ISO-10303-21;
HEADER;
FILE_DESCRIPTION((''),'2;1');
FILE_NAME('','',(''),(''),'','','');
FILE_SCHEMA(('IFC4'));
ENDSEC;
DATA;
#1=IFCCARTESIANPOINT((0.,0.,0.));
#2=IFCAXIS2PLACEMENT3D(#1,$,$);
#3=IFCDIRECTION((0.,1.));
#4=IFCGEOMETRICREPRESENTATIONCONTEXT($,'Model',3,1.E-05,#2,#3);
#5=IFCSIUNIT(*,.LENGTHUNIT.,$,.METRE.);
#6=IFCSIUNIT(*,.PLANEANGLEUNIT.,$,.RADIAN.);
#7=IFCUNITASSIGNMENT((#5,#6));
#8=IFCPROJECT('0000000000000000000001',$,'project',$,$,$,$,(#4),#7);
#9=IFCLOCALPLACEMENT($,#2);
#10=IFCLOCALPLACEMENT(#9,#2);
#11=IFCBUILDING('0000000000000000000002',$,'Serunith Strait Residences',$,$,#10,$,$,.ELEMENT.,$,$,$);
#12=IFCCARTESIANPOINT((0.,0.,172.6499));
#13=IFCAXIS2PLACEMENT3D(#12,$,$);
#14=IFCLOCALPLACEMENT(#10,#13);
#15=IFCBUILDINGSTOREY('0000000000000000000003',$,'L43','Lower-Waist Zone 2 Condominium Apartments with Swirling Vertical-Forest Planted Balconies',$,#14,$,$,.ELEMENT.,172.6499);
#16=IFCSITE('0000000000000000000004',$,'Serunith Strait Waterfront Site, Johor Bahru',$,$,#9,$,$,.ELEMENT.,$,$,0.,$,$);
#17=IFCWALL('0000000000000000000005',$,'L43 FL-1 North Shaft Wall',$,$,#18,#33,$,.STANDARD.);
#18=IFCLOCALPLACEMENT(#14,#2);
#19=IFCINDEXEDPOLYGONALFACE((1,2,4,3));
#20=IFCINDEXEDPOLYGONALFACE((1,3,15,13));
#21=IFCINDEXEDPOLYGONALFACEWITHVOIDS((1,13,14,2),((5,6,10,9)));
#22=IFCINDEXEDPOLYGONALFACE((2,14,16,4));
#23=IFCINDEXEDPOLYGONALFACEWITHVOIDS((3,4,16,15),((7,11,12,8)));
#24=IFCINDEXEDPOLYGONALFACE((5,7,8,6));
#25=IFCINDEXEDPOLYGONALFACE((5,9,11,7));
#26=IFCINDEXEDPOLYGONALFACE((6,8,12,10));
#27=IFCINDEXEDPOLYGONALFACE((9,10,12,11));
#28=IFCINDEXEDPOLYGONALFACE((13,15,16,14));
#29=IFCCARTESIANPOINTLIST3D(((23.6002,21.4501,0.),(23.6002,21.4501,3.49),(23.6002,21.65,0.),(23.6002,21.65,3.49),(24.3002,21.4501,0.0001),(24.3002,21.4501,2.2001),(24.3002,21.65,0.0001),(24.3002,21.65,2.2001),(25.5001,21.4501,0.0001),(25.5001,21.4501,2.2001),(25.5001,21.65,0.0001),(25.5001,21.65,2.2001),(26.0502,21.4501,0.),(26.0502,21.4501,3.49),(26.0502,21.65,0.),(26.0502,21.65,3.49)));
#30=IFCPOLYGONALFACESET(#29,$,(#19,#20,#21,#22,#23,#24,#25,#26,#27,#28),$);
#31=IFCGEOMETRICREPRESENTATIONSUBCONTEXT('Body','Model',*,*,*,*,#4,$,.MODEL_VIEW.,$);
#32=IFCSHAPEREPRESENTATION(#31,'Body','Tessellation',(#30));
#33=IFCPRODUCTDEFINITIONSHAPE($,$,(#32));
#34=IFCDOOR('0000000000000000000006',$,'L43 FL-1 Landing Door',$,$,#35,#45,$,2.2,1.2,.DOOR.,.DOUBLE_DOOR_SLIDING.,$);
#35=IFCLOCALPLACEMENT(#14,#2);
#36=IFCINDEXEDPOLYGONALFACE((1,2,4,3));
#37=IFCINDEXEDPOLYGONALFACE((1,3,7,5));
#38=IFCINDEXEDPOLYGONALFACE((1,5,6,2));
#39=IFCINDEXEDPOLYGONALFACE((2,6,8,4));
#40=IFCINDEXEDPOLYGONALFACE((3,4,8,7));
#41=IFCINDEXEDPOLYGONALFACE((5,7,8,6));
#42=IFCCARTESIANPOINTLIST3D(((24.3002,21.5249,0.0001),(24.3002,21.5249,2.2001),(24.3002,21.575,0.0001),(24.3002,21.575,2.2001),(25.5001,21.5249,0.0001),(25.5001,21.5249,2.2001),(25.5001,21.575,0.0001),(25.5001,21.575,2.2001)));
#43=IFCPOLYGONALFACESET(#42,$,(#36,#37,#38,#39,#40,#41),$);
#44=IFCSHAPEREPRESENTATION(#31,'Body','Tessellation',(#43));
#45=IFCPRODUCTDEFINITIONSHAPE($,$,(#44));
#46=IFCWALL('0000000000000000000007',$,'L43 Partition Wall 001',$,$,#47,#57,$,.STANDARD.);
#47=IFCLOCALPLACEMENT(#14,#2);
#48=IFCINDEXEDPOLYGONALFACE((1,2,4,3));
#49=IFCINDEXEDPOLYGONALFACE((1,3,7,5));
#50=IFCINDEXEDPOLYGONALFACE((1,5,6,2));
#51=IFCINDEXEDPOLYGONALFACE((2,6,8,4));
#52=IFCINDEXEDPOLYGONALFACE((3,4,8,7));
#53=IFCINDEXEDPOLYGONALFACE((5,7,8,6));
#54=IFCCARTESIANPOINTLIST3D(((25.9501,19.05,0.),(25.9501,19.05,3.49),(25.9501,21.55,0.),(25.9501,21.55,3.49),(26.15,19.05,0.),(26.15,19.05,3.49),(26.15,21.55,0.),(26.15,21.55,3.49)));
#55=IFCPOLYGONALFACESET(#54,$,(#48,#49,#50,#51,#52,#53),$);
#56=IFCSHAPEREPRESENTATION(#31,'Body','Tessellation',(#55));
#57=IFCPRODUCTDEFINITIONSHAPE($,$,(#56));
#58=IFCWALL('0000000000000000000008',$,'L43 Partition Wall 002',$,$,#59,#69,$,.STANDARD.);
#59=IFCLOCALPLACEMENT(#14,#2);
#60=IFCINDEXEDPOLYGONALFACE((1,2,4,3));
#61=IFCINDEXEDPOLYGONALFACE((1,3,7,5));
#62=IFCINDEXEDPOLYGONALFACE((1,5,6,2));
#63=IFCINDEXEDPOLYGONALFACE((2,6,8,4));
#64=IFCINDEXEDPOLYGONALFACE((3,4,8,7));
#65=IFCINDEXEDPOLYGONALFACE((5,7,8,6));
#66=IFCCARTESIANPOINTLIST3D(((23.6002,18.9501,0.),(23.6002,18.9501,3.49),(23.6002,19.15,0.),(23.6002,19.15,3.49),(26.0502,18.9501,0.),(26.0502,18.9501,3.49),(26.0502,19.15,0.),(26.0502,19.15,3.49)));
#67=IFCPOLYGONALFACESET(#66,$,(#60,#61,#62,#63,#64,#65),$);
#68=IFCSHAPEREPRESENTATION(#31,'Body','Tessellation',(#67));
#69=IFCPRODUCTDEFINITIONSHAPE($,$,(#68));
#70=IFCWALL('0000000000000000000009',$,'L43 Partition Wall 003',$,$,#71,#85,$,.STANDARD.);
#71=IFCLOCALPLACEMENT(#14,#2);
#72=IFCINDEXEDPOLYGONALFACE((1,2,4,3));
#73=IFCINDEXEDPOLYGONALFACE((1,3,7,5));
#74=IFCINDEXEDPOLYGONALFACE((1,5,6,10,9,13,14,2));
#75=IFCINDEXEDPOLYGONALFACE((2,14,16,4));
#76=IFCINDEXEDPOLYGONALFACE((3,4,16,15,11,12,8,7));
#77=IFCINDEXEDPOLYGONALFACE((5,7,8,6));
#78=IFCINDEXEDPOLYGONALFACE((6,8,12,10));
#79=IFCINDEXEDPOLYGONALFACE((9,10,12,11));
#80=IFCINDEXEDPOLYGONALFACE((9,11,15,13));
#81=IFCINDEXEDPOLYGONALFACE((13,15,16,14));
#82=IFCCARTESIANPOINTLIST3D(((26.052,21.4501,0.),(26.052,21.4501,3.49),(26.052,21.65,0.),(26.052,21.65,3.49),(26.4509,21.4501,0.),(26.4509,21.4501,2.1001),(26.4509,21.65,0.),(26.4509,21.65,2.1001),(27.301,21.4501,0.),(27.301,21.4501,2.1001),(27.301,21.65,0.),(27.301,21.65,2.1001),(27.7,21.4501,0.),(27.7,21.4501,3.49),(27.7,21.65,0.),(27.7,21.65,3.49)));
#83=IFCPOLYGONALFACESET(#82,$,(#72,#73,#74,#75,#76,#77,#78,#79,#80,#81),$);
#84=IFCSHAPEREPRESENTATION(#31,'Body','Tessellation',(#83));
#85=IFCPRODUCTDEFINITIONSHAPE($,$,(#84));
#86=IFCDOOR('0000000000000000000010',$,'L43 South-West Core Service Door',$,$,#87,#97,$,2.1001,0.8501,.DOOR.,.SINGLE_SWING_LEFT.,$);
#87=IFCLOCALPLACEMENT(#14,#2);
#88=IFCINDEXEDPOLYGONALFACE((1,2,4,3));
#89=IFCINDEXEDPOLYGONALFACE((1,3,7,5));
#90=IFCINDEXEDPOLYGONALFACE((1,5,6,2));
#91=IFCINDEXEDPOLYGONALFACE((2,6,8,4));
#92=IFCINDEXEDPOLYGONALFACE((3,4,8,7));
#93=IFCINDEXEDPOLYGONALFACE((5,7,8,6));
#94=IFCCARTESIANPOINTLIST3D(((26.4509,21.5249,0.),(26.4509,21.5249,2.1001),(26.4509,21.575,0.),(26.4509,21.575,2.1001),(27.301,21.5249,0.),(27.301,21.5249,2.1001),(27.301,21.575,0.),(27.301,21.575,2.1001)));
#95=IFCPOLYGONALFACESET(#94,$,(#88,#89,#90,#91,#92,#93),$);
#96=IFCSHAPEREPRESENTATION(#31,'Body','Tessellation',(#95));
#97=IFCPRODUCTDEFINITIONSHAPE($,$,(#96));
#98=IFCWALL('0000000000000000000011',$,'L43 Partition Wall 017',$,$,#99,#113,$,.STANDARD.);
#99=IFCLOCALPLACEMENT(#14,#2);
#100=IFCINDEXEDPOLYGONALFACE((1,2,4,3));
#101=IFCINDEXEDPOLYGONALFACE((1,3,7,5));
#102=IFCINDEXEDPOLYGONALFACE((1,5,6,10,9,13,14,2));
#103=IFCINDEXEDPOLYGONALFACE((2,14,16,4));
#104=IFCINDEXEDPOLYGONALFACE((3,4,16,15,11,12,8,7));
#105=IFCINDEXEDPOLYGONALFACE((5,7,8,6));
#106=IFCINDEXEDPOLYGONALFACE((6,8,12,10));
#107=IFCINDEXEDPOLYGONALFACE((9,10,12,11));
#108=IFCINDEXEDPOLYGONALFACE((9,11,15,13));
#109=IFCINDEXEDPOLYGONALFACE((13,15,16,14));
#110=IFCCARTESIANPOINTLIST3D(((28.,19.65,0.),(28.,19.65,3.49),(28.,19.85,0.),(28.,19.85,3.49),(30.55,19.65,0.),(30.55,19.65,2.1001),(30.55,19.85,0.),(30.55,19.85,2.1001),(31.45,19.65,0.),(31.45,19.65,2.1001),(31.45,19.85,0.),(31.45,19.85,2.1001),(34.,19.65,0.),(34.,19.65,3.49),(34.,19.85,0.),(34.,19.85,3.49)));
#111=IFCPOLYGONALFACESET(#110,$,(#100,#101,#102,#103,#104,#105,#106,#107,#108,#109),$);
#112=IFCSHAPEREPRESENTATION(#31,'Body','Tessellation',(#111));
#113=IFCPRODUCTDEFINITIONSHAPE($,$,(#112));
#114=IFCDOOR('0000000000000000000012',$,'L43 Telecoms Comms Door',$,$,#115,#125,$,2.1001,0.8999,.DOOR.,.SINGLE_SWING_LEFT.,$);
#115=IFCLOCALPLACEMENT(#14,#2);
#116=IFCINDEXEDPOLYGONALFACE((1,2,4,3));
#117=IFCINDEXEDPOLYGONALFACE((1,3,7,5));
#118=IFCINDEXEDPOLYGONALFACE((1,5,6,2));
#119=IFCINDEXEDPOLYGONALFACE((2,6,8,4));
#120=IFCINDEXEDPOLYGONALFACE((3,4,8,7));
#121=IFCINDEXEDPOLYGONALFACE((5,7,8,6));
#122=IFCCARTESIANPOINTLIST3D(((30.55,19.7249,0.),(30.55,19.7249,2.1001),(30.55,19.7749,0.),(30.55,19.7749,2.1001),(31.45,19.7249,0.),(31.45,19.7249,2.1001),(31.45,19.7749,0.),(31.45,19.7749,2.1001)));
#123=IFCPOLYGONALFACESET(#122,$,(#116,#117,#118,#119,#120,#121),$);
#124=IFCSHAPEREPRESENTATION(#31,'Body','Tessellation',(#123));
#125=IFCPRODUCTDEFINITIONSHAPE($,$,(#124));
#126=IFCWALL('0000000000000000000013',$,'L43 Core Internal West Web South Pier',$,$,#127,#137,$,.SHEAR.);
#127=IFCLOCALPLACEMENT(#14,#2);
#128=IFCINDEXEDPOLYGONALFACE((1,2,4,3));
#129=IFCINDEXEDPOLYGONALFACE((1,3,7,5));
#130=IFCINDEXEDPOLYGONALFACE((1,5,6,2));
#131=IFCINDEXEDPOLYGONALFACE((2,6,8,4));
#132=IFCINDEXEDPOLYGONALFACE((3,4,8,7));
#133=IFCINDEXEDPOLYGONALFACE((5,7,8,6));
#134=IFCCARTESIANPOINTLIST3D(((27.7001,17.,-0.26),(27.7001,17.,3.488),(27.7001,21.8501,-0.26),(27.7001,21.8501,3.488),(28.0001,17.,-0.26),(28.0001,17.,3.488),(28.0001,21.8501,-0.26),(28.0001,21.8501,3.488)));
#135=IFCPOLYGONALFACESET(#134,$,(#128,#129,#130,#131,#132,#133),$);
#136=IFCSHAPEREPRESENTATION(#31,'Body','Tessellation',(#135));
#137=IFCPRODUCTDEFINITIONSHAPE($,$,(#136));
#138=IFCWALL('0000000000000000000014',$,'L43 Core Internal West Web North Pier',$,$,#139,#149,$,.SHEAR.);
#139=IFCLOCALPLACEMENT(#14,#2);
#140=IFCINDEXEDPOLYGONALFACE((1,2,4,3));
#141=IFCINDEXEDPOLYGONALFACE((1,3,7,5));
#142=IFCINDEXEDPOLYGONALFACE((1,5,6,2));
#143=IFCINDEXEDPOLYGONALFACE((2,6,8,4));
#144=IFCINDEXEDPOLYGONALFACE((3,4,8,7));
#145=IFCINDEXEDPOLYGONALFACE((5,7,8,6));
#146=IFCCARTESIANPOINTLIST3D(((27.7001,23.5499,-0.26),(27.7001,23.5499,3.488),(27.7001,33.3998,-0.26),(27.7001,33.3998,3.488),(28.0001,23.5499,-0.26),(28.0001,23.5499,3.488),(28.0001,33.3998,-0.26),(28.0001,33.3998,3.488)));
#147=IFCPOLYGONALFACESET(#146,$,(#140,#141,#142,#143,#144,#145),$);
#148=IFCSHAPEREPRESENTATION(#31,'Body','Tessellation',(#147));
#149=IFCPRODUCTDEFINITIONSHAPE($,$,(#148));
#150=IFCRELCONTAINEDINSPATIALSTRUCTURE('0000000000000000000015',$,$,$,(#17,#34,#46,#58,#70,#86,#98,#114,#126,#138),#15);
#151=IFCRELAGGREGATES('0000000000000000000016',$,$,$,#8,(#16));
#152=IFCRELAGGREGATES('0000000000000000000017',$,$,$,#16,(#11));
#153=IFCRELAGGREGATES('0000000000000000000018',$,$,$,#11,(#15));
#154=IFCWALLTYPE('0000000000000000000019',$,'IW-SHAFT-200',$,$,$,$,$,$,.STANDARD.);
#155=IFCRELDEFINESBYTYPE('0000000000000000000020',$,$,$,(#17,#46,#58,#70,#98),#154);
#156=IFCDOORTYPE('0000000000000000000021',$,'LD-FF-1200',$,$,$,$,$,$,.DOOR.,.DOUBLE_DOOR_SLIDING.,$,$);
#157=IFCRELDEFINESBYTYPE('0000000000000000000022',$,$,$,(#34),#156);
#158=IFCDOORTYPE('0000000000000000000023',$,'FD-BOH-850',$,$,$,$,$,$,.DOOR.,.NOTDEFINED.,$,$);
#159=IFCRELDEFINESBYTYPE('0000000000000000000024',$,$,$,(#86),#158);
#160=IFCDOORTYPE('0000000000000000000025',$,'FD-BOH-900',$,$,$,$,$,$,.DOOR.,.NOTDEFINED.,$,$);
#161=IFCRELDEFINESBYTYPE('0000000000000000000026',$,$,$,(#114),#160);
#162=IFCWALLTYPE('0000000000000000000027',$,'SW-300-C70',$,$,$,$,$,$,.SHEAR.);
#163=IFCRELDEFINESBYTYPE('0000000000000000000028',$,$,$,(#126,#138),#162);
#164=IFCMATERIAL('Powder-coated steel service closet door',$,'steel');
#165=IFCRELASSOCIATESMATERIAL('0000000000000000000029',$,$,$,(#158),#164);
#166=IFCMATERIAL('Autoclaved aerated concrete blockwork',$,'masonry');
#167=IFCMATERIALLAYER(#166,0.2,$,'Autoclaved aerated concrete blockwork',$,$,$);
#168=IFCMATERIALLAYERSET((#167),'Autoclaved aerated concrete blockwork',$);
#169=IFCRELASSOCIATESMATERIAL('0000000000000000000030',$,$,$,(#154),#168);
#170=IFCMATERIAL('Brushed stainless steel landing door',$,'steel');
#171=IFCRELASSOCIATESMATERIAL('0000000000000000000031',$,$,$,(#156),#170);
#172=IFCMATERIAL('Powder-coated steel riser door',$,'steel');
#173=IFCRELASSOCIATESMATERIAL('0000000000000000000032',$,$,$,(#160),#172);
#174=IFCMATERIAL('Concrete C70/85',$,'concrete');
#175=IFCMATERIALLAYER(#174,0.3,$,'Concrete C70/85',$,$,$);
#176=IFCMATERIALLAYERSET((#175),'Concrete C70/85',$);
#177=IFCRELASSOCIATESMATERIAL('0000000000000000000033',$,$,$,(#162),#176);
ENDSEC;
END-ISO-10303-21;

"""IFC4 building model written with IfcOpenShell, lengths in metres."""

from ifc_helpers import new_model, si_unit, direction, frame, frame_2d, origin, place, context, subcontext, project, spatial, rectangle, extrude, source, transform, mapped, material, layer, layer_set, type_object, element, fill, save


model = new_model("IFC4")

# Units and contexts
model_context = context("Model", 3, precision=1e-05, world=origin(), true_north=direction((0.0, 1.0)))
body_context = subcontext(model_context, "Body", "Model", "MODEL_VIEW")
ifc_project = project(units=[si_unit("LENGTHUNIT", "METRE"), si_unit("PLANEANGLEUNIT", "RADIAN")], contexts=[model_context])

# Site, building, storey
site_placement = place(None, origin())
site = spatial("IfcSite", under=ifc_project, at=site_placement, Name="Serunith Strait Waterfront Site, Johor Bahru", CompositionType="ELEMENT", RefElevation=0.0)
building_placement = place(site_placement, origin())
building = spatial("IfcBuilding", under=site, at=building_placement, Name="Serunith Strait Residences", CompositionType="ELEMENT")
storey_placement = place(building_placement, frame((0.0, 0.0, 172.6499)))
storey = spatial("IfcBuildingStorey", under=building, at=storey_placement, Name="L43", Description="Lower-Waist Zone 2 Condominium Apartments with Swirling Vertical-Forest Planted Balconies", CompositionType="ELEMENT", Elevation=172.6499)

# Wall, opening, door
ifc_material_1 = material(Name="Powder-coated steel service closet door", Category="steel")
door_type_1 = type_object("IfcDoorType", Name="FD-BOH-850", OperationType="NOTDEFINED", PredefinedType="DOOR", material=ifc_material_1)
shared_shape_1 = source(origin(), body_context, "Body", "SweptSolid", [
    extrude(rectangle(XDim=0.8501, YDim=2.1001, at=frame_2d((0.425, 1.05))), frame((0.0, 0.0249, 0.0), z_axis=(0.0, -1.0, 0.0), x_axis=(1.0, 0.0, 0.0)), (0.0, 0.0, 1.0), 0.05),
])
ifc_material_2 = material(Name="Autoclaved aerated concrete blockwork", Category="masonry")
ifc_layer_1 = layer(ifc_material_2, 0.2, Name="Autoclaved aerated concrete blockwork")
ifc_layer_set_1 = layer_set([ifc_layer_1], Name="Autoclaved aerated concrete blockwork")
wall_type_1 = type_object("IfcWallType", Name="IW-SHAFT-200", PredefinedType="STANDARD", material=ifc_layer_set_1)
wall_1_placement = place(storey_placement, frame((23.6001, 21.55, 0.0), z_axis=(0.0, 0.0, 1.0), x_axis=(1.0, 0.0, 0.0)))
wall_1 = element("IfcWall", 1, at=wall_1_placement, inside=storey, type_object=wall_type_1, Name="L43 FL-1 North Shaft Wall", PredefinedType="STANDARD", context=body_context, shape_type="SweptSolid", body=[
    extrude(rectangle(XDim=2.45, YDim=0.2, at=frame_2d((1.2251, 0.0))), origin(), (0.0, 0.0, 1.0), 3.49),
])
opening_1_placement = place(wall_1_placement, frame((0.7, 0.0, 0.0)))
opening_1 = element("IfcOpeningElement", 2, at=opening_1_placement, cuts=wall_1, PredefinedType="OPENING", context=body_context, shape_type="SweptSolid", body=[
    extrude(rectangle(XDim=1.2, YDim=2.2, at=frame_2d((0.6001, 1.1001))), frame((0.0, 0.1099, 0.0), z_axis=(0.0, -1.0, 0.0), x_axis=(1.0, 0.0, 0.0)), (0.0, 0.0, 1.0), 0.22),
])
ifc_material_3 = material(Name="Brushed stainless steel landing door", Category="steel")
door_type_2 = type_object("IfcDoorType", Name="LD-FF-1200", OperationType="DOUBLE_DOOR_SLIDING", PredefinedType="DOOR", material=ifc_material_3)
shared_shape_2 = source(origin(), body_context, "Body", "SweptSolid", [
    extrude(rectangle(XDim=1.2, YDim=2.2, at=frame_2d((0.6001, 1.1001))), frame((0.0, 0.0249, 0.0), z_axis=(0.0, -1.0, 0.0), x_axis=(1.0, 0.0, 0.0)), (0.0, 0.0, 1.0), 0.05),
])
door_1_placement = place(opening_1_placement, origin())
door_1 = element("IfcDoor", 3, at=door_1_placement, inside=storey, type_object=door_type_2, Name="L43 FL-1 Landing Door", OperationType="DOUBLE_DOOR_SLIDING", OverallHeight=2.2, OverallWidth=1.2, PredefinedType="DOOR", context=body_context, shape_type="MappedRepresentation", body=[
    mapped(shared_shape_2, transform((0.0, 0.0, 0.0), scale=1.0)),
])
fill(opening_1, door_1)

# Walls
wall_2_placement = place(storey_placement, frame((26.05, 19.05, 0.0), z_axis=(0.0, 0.0, 1.0), x_axis=(0.0, 1.0, 0.0)))
element("IfcWall", 4, at=wall_2_placement, inside=storey, type_object=wall_type_1, Name="L43 Partition Wall 001", PredefinedType="STANDARD", context=body_context, shape_type="SweptSolid", body=[
    extrude(rectangle(XDim=2.5, YDim=0.2, at=frame_2d((1.25, 0.0))), origin(), (0.0, 0.0, 1.0), 3.49),
])
wall_3_placement = place(storey_placement, frame((23.6001, 19.05, 0.0), z_axis=(0.0, 0.0, 1.0), x_axis=(1.0, 0.0, 0.0)))
element("IfcWall", 5, at=wall_3_placement, inside=storey, type_object=wall_type_1, Name="L43 Partition Wall 002", PredefinedType="STANDARD", context=body_context, shape_type="SweptSolid", body=[
    extrude(rectangle(XDim=2.45, YDim=0.2, at=frame_2d((1.2251, 0.0))), origin(), (0.0, 0.0, 1.0), 3.49),
])

# Walls, openings, doors
wall_4_placement = place(storey_placement, frame((26.052, 21.55, 0.0), z_axis=(0.0, 0.0, 1.0), x_axis=(1.0, 0.0, 0.0)))
wall_4 = element("IfcWall", 6, at=wall_4_placement, inside=storey, type_object=wall_type_1, Name="L43 Partition Wall 003", PredefinedType="STANDARD", context=body_context, shape_type="SweptSolid", body=[
    extrude(rectangle(XDim=1.6479, YDim=0.2, at=frame_2d((0.824, 0.0))), origin(), (0.0, 0.0, 1.0), 3.49),
])
opening_2_placement = place(wall_4_placement, frame((0.3989, 0.0, 0.0)))
opening_2 = element("IfcOpeningElement", 7, at=opening_2_placement, cuts=wall_4, PredefinedType="OPENING", context=body_context, shape_type="SweptSolid", body=[
    extrude(rectangle(XDim=0.8501, YDim=2.1001, at=frame_2d((0.425, 1.05))), frame((0.0, 0.1099, 0.0), z_axis=(0.0, -1.0, 0.0), x_axis=(1.0, 0.0, 0.0)), (0.0, 0.0, 1.0), 0.22),
])
door_2_placement = place(opening_2_placement, origin())
door_2 = element("IfcDoor", 8, at=door_2_placement, inside=storey, type_object=door_type_1, Name="L43 South-West Core Service Door", OperationType="SINGLE_SWING_LEFT", OverallHeight=2.1001, OverallWidth=0.8501, PredefinedType="DOOR", context=body_context, shape_type="MappedRepresentation", body=[
    mapped(shared_shape_1, transform((0.0, 0.0, 0.0), scale=1.0)),
])
fill(opening_2, door_2)
wall_5_placement = place(storey_placement, frame((28.0, 19.75, 0.0), z_axis=(0.0, 0.0, 1.0), x_axis=(1.0, 0.0, 0.0)))
wall_5 = element("IfcWall", 9, at=wall_5_placement, inside=storey, type_object=wall_type_1, Name="L43 Partition Wall 017", PredefinedType="STANDARD", context=body_context, shape_type="SweptSolid", body=[
    extrude(rectangle(XDim=6.0, YDim=0.2, at=frame_2d((3.0, 0.0))), origin(), (0.0, 0.0, 1.0), 3.49),
])
opening_3_placement = place(wall_5_placement, frame((2.55, 0.0, 0.0)))
opening_3 = element("IfcOpeningElement", 10, at=opening_3_placement, cuts=wall_5, PredefinedType="OPENING", context=body_context, shape_type="SweptSolid", body=[
    extrude(rectangle(XDim=0.8999, YDim=2.1001, at=frame_2d((0.45, 1.05))), frame((0.0, 0.1099, 0.0), z_axis=(0.0, -1.0, 0.0), x_axis=(1.0, 0.0, 0.0)), (0.0, 0.0, 1.0), 0.22),
])
ifc_material_4 = material(Name="Powder-coated steel riser door", Category="steel")
door_type_3 = type_object("IfcDoorType", Name="FD-BOH-900", OperationType="NOTDEFINED", PredefinedType="DOOR", material=ifc_material_4)
shared_shape_3 = source(origin(), body_context, "Body", "SweptSolid", [
    extrude(rectangle(XDim=0.8999, YDim=2.1001, at=frame_2d((0.45, 1.05))), frame((0.0, 0.0249, 0.0), z_axis=(0.0, -1.0, 0.0), x_axis=(1.0, 0.0, 0.0)), (0.0, 0.0, 1.0), 0.05),
])
door_3_placement = place(opening_3_placement, origin())
door_3 = element("IfcDoor", 11, at=door_3_placement, inside=storey, type_object=door_type_3, Name="L43 Telecoms Comms Door", OperationType="SINGLE_SWING_LEFT", OverallHeight=2.1001, OverallWidth=0.8999, PredefinedType="DOOR", context=body_context, shape_type="MappedRepresentation", body=[
    mapped(shared_shape_3, transform((0.0, 0.0, 0.0), scale=1.0)),
])
fill(opening_3, door_3)

# Walls
ifc_material_5 = material(Name="Concrete C70/85", Category="concrete")
ifc_layer_2 = layer(ifc_material_5, 0.3, Name="Concrete C70/85")
ifc_layer_set_2 = layer_set([ifc_layer_2], Name="Concrete C70/85")
wall_type_2 = type_object("IfcWallType", Name="SW-300-C70", PredefinedType="SHEAR", material=ifc_layer_set_2)
wall_6_placement = place(storey_placement, frame((27.8501, 17.0, -0.26), z_axis=(0.0, 0.0, 1.0), x_axis=(0.0, 1.0, 0.0)))
element("IfcWall", 12, at=wall_6_placement, inside=storey, type_object=wall_type_2, Name="L43 Core Internal West Web South Pier", PredefinedType="SHEAR", context=body_context, shape_type="SweptSolid", body=[
    extrude(rectangle(XDim=4.8501, YDim=0.3, at=frame_2d((2.425, 0.0))), origin(), (0.0, 0.0, 1.0), 3.748),
])
wall_7_placement = place(storey_placement, frame((27.8501, 23.55, -0.26), z_axis=(0.0, 0.0, 1.0), x_axis=(0.0, 1.0, 0.0)))
element("IfcWall", 13, at=wall_7_placement, inside=storey, type_object=wall_type_2, Name="L43 Core Internal West Web North Pier", PredefinedType="SHEAR", context=body_context, shape_type="SweptSolid", body=[
    extrude(rectangle(XDim=9.8499, YDim=0.3, at=frame_2d((4.9248, 0.0))), origin(), (0.0, 0.0, 1.0), 3.748),
])

save(model, "model.ifc")
